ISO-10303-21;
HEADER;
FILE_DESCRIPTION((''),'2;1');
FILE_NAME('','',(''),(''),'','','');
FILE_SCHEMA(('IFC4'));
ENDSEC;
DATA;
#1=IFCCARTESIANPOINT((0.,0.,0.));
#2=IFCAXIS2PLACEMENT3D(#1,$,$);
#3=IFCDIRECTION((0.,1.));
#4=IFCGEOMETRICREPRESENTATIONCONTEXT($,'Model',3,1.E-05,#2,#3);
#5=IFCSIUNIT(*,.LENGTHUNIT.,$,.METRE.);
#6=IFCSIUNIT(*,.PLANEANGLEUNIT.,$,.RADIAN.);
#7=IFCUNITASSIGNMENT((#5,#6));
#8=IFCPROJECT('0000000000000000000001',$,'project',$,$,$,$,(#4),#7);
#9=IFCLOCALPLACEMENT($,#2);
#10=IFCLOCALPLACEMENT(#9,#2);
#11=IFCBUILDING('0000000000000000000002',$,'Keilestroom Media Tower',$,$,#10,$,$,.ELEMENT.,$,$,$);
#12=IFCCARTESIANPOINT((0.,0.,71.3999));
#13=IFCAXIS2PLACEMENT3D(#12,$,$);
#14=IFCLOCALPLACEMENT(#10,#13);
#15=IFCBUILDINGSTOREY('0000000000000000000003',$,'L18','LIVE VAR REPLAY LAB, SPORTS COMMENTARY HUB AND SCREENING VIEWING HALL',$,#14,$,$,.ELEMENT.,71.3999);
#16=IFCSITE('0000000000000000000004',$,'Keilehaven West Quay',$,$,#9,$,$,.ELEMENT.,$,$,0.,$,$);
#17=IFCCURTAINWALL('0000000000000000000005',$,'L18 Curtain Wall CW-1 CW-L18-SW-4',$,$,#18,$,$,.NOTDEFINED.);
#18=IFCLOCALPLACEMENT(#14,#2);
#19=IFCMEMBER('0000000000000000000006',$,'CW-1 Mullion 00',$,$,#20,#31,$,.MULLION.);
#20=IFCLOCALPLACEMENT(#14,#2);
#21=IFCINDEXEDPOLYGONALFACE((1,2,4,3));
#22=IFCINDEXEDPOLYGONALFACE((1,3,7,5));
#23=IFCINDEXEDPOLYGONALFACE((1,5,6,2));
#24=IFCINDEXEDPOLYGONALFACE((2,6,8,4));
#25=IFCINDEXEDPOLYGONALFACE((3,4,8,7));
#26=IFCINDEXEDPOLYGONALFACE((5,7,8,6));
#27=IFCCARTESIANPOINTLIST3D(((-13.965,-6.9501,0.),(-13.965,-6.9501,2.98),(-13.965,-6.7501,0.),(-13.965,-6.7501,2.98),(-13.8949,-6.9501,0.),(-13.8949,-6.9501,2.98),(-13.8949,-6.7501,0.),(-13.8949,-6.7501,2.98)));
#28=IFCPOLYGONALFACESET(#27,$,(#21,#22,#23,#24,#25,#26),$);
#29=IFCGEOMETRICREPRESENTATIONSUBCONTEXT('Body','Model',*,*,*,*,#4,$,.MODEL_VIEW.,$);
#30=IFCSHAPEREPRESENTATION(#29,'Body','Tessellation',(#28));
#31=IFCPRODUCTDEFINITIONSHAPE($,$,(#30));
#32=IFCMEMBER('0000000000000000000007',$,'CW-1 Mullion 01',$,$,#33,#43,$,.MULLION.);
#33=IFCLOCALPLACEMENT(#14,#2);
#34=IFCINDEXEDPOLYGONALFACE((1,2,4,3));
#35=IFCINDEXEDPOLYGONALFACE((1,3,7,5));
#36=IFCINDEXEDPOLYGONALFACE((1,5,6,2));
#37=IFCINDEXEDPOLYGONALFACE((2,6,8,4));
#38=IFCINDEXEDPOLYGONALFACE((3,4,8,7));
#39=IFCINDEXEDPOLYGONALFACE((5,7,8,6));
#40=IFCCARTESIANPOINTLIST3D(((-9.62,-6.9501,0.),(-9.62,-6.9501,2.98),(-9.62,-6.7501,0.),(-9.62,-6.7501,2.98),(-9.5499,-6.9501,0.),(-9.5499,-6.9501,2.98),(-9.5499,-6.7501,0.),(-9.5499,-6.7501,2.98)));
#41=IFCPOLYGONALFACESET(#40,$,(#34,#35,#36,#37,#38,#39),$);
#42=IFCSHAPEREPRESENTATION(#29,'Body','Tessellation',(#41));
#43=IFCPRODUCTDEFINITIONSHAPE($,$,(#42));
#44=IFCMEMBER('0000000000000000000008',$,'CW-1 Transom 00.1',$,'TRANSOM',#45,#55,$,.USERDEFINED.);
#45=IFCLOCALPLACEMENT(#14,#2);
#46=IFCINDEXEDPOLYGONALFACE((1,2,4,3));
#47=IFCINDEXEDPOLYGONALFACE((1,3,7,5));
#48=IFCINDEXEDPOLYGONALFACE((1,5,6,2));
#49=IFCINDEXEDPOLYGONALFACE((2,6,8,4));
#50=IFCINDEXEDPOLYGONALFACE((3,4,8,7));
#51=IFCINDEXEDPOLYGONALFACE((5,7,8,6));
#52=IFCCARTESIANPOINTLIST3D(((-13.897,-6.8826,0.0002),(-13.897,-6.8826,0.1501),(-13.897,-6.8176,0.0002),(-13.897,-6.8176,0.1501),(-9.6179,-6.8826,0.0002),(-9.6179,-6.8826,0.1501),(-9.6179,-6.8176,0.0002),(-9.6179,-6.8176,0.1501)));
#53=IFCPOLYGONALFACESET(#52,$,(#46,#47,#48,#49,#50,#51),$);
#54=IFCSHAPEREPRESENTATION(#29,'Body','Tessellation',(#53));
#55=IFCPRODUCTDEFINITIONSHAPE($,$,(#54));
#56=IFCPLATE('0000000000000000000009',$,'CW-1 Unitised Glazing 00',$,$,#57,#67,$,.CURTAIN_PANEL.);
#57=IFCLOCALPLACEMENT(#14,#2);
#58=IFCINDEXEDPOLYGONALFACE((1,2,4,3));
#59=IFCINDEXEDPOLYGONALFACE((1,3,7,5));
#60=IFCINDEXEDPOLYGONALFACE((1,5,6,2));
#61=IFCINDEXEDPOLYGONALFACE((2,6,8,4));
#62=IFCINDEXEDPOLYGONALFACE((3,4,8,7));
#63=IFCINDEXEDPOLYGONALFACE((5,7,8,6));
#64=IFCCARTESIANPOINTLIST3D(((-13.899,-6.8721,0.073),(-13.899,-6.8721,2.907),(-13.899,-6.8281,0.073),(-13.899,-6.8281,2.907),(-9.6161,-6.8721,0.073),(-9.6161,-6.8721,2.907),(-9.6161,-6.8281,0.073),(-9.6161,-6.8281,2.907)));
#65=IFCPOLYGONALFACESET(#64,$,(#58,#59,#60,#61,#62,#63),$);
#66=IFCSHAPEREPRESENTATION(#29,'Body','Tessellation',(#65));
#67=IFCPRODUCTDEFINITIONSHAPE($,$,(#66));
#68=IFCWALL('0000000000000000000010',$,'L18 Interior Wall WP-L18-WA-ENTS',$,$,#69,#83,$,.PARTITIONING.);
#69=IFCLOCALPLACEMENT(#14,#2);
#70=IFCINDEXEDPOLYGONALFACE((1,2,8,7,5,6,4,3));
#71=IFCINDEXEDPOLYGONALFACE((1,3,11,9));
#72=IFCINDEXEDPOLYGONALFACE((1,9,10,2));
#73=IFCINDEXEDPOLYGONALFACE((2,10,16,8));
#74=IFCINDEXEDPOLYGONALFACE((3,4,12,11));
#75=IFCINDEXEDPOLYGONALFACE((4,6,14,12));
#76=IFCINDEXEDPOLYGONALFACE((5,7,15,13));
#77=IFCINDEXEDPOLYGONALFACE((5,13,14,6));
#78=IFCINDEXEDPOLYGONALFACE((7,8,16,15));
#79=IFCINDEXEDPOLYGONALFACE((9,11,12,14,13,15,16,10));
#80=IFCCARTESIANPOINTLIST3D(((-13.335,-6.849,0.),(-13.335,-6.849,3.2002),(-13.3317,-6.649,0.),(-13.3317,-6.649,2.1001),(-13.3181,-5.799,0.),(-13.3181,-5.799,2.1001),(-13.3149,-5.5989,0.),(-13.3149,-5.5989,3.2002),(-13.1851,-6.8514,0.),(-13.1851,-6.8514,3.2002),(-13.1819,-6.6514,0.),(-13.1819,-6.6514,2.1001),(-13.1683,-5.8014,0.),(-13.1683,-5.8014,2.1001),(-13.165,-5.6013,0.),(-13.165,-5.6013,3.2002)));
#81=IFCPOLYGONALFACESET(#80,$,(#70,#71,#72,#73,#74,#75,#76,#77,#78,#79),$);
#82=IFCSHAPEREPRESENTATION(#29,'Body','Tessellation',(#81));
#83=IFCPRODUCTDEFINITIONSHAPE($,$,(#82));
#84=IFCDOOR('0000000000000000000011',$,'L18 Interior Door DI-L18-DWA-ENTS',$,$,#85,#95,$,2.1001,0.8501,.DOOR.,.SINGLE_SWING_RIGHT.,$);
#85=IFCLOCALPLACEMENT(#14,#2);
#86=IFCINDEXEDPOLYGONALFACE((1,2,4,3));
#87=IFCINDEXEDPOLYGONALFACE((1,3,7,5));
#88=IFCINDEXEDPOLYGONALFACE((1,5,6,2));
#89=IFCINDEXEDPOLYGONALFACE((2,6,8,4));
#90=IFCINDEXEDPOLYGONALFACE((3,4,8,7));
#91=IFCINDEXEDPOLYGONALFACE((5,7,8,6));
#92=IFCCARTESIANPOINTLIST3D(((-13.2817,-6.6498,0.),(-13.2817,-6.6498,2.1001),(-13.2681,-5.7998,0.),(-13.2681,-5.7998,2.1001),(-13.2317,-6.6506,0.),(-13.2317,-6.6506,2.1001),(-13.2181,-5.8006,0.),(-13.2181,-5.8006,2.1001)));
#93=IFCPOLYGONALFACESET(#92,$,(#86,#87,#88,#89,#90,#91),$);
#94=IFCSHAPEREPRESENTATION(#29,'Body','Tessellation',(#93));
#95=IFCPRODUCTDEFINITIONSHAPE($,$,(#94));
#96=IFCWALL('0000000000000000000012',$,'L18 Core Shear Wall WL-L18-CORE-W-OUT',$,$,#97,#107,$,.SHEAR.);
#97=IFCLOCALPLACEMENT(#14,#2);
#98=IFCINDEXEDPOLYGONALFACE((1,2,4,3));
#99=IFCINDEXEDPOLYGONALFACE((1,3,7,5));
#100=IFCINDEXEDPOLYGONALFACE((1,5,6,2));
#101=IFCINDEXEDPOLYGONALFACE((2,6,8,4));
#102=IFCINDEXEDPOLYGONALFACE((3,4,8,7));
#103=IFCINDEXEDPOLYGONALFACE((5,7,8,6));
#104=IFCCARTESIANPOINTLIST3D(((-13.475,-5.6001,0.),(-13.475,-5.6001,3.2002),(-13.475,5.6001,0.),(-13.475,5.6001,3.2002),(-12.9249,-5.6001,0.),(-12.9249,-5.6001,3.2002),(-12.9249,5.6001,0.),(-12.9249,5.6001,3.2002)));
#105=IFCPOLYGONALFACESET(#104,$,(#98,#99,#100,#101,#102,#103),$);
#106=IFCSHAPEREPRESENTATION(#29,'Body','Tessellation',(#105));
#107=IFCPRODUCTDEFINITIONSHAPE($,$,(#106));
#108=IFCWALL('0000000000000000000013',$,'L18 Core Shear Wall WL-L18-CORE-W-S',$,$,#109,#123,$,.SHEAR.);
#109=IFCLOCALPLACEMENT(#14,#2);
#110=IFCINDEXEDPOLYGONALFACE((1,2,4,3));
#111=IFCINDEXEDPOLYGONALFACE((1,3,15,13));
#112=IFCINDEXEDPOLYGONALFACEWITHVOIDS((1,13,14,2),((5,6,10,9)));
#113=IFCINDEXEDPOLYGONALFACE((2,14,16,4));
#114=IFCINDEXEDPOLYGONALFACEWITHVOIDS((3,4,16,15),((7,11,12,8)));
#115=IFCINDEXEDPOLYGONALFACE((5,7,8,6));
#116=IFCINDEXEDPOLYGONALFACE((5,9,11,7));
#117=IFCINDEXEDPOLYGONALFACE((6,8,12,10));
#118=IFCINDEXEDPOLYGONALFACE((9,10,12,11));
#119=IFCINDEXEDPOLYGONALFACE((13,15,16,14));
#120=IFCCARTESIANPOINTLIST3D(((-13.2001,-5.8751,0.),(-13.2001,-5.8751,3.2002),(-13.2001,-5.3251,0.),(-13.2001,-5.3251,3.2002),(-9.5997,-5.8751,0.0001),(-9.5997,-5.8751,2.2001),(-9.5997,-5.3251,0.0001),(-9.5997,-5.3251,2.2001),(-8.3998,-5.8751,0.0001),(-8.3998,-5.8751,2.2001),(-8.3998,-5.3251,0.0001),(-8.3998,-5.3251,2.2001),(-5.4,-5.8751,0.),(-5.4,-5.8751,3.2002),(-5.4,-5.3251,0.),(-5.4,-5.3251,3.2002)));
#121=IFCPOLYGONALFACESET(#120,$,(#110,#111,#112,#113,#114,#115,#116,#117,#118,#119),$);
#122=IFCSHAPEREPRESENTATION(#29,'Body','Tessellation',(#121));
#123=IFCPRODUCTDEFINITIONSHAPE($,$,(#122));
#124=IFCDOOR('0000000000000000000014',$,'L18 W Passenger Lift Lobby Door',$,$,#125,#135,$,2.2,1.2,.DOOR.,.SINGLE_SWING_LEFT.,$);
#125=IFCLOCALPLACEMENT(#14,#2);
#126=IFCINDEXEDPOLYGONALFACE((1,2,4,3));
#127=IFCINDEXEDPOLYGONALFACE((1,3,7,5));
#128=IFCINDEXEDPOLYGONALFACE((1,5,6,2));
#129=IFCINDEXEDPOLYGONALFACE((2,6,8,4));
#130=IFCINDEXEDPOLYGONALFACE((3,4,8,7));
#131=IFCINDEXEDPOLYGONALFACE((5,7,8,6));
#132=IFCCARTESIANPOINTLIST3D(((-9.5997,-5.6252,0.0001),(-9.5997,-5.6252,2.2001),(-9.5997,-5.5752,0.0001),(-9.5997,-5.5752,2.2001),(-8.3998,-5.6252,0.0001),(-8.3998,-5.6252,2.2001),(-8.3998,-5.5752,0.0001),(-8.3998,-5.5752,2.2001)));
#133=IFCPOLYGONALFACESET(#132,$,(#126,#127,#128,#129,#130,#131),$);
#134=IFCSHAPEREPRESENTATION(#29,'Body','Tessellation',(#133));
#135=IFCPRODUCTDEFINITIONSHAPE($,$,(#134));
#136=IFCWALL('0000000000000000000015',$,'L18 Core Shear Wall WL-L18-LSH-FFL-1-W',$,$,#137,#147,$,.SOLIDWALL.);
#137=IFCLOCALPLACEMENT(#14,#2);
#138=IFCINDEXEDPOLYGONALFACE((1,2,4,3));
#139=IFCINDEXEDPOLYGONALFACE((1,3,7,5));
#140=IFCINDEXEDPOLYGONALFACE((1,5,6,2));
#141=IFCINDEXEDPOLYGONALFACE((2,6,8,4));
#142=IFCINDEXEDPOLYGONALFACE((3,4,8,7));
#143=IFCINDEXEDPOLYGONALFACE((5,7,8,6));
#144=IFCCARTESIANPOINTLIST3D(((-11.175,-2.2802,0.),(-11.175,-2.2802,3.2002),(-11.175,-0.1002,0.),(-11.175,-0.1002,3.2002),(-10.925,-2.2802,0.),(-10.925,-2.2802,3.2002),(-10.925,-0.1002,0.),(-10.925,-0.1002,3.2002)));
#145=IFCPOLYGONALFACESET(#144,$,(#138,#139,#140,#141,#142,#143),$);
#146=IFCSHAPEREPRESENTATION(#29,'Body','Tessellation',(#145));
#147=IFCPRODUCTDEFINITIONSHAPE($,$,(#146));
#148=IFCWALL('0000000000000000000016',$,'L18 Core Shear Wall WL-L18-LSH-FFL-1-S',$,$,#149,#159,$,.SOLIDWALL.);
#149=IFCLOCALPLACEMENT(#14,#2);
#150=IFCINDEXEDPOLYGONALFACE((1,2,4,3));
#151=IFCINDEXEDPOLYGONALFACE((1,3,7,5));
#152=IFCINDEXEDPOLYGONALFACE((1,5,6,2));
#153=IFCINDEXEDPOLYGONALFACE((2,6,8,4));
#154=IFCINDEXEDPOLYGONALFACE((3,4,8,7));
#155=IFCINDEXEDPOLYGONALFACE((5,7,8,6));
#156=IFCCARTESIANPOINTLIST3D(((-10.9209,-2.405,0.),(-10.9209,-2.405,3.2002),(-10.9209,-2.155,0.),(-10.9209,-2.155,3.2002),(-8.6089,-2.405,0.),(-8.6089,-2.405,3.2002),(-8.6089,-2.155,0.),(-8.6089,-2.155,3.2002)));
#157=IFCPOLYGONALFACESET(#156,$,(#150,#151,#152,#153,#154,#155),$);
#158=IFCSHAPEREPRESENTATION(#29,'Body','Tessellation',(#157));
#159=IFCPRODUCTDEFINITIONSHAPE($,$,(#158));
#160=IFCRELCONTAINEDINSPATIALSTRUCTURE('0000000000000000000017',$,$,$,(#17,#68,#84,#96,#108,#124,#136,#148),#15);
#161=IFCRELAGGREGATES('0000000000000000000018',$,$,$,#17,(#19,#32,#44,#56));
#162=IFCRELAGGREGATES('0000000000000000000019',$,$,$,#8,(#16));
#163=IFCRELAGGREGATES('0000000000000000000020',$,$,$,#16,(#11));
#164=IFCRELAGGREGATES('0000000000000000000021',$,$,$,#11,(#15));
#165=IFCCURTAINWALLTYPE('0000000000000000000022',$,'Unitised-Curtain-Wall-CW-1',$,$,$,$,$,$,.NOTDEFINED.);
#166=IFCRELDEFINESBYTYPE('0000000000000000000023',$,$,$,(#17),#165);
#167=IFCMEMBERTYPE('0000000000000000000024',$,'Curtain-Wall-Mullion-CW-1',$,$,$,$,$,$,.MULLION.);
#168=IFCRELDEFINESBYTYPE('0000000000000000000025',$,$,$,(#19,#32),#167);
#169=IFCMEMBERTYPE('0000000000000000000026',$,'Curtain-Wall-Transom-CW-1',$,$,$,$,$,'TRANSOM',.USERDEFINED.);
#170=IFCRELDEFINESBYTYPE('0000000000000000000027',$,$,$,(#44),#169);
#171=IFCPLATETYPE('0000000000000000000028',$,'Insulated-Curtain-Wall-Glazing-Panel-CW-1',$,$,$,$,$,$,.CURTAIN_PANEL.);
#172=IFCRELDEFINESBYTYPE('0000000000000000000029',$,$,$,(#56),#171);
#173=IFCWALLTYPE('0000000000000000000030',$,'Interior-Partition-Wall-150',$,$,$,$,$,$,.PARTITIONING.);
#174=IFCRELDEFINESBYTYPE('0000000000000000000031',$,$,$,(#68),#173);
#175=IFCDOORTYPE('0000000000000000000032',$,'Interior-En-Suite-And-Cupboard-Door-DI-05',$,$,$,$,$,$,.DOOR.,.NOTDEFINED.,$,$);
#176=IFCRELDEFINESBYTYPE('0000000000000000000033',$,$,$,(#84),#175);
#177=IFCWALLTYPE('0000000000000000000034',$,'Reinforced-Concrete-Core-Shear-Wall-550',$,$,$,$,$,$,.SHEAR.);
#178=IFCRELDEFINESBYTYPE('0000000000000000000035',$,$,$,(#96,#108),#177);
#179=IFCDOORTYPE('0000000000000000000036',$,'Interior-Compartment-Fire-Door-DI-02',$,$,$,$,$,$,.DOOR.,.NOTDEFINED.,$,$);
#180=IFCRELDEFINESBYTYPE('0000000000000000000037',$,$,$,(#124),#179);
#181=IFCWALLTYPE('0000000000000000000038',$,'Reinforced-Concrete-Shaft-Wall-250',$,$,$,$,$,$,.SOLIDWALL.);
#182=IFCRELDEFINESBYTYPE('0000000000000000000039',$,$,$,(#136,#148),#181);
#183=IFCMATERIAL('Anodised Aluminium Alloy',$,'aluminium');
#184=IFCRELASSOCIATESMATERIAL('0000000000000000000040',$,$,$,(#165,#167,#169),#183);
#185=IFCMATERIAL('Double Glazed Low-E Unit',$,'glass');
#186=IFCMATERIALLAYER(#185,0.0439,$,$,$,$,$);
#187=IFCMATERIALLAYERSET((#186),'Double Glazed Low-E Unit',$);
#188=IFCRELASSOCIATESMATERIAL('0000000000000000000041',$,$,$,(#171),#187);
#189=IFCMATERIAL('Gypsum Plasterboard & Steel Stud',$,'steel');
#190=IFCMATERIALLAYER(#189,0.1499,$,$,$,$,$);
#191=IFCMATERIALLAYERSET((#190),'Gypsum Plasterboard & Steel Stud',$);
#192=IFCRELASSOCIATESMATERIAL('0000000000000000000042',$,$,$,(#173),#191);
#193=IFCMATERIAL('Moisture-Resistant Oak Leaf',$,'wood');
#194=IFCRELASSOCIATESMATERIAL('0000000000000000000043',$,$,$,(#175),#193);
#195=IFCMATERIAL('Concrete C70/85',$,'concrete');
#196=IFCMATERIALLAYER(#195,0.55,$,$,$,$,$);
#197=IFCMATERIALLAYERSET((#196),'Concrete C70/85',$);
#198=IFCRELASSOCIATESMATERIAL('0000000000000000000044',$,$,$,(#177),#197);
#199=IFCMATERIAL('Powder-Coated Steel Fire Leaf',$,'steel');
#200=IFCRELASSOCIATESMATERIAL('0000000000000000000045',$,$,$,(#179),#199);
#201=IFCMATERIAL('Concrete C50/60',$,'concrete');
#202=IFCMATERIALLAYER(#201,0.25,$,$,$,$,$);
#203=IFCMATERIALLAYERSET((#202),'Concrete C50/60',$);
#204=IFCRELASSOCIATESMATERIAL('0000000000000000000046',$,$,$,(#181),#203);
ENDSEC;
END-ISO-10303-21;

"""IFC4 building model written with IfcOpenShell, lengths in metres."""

from ifc_helpers import new_model, si_unit, direction, frame, frame_2d, origin, origin_2d, place, context, subcontext, project, spatial, rectangle, extrude, source, transform, mapped, material, layer, layer_set, material_profile, profile_set, type_object, element, fill, aggregate, save


model = new_model("IFC4")

# Units and contexts
model_context = context("Model", 3, precision=1e-05, world=origin(), true_north=direction((0.0, 1.0)))
body_context = subcontext(model_context, "Body", "Model", "MODEL_VIEW")
ifc_project = project(units=[si_unit("LENGTHUNIT", "METRE"), si_unit("PLANEANGLEUNIT", "RADIAN")], contexts=[model_context])

# Site, building, storey
site_placement = place(None, origin())
site = spatial("IfcSite", under=ifc_project, at=site_placement, Name="Keilehaven West Quay", CompositionType="ELEMENT", RefElevation=0.0)
building_placement = place(site_placement, origin())
building = spatial("IfcBuilding", under=site, at=building_placement, Name="Keilestroom Media Tower", CompositionType="ELEMENT")
storey_placement = place(building_placement, frame((0.0, 0.0, 71.3999)))
storey = spatial("IfcBuildingStorey", under=building, at=storey_placement, Name="L18", Description="LIVE VAR REPLAY LAB, SPORTS COMMENTARY HUB AND SCREENING VIEWING HALL", CompositionType="ELEMENT", Elevation=71.3999)

# Curtain wall, members, plate
ifc_material_1 = material(Name="Anodised Aluminium Alloy", Category="aluminium")
curtain_wall_type = type_object("IfcCurtainWallType", Name="Unitised-Curtain-Wall-CW-1", PredefinedType="NOTDEFINED", material=ifc_material_1)
curtain_wall_placement = place(storey_placement, origin())
curtain_wall = element("IfcCurtainWall", 1, at=curtain_wall_placement, inside=storey, type_object=curtain_wall_type, Name="L18 Curtain Wall CW-1 CW-L18-SW-4", PredefinedType="NOTDEFINED")
ifc_material_profile_1 = material_profile(ifc_material_1, rectangle(XDim=0.0701, YDim=0.2, at=origin_2d()), Name="ALU MULLION 70x200")
ifc_profile_set_1 = profile_set([ifc_material_profile_1], Name="Anodised Aluminium Alloy")
member_type_1 = type_object("IfcMemberType", Name="Curtain-Wall-Mullion-CW-1", PredefinedType="MULLION", material=ifc_profile_set_1)
shared_shape_1 = source(origin(), body_context, "Body", "SweptSolid", [
    extrude(rectangle(XDim=0.0701, YDim=0.2, at=origin_2d()), origin(), (0.0, 0.0, 1.0), 2.98),
])
member_1_placement = place(storey_placement, frame((-13.9299, -6.8501, 0.0), z_axis=(0.0, 0.0, 1.0), x_axis=(1.0, 0.0, 0.0)))
member_1 = element("IfcMember", 2, at=member_1_placement, type_object=member_type_1, Name="CW-1 Mullion 00", PredefinedType="MULLION", context=body_context, shape_type="MappedRepresentation", body=[
    mapped(shared_shape_1, transform((0.0, 0.0, 0.0), x_axis=(1.0, 0.0, 0.0), y_axis=(0.0, 1.0, 0.0), z_axis=(0.0, 0.0, 1.0), scale=1.0)),
])
member_2_placement = place(storey_placement, frame((-9.585, -6.8501, 0.0), z_axis=(0.0, 0.0, 1.0), x_axis=(1.0, 0.0, 0.0)))
member_2 = element("IfcMember", 3, at=member_2_placement, type_object=member_type_1, Name="CW-1 Mullion 01", PredefinedType="MULLION", context=body_context, shape_type="MappedRepresentation", body=[
    mapped(shared_shape_1, transform((0.0, 0.0, 0.0), x_axis=(1.0, 0.0, 0.0), y_axis=(0.0, 1.0, 0.0), z_axis=(0.0, 0.0, 1.0), scale=1.0)),
])
ifc_material_profile_2 = material_profile(ifc_material_1, rectangle(XDim=0.0649, YDim=0.1499, at=origin_2d()), Name="ALU TRANSOM 65x150")
ifc_profile_set_2 = profile_set([ifc_material_profile_2], Name="Anodised Aluminium Alloy")
member_type_2 = type_object("IfcMemberType", Name="Curtain-Wall-Transom-CW-1", ElementType="TRANSOM", PredefinedType="USERDEFINED", material=ifc_profile_set_2)
shared_shape_2 = source(origin(), body_context, "Body", "SweptSolid", [
    extrude(rectangle(XDim=0.0649, YDim=0.1499, at=origin_2d()), origin(), (0.0, 0.0, 1.0), 4.2791),
])
member_3_placement = place(storey_placement, frame((-13.897, -6.8501, 0.0752), z_axis=(1.0, 0.0, 0.0), x_axis=(0.0, 1.0, 0.0)))
member_3 = element("IfcMember", 4, at=member_3_placement, type_object=member_type_2, Name="CW-1 Transom 00.1", ObjectType="TRANSOM", PredefinedType="USERDEFINED", context=body_context, shape_type="MappedRepresentation", body=[
    mapped(shared_shape_2, transform((0.0, 0.0, 0.0), x_axis=(1.0, 0.0, 0.0), y_axis=(0.0, 1.0, 0.0), z_axis=(0.0, 0.0, 1.0), scale=1.0)),
])
ifc_material_2 = material(Name="Double Glazed Low-E Unit", Category="glass")
ifc_layer_1 = layer(ifc_material_2, 0.0439)
ifc_layer_set_1 = layer_set([ifc_layer_1], Name="Double Glazed Low-E Unit")
plate_type = type_object("IfcPlateType", Name="Insulated-Curtain-Wall-Glazing-Panel-CW-1", PredefinedType="CURTAIN_PANEL", material=ifc_layer_set_1)
shared_shape_3 = source(origin(), body_context, "Body", "SweptSolid", [
    extrude(rectangle(XDim=4.283, YDim=0.0439, at=origin_2d()), origin(), (0.0, 0.0, 1.0), 2.834),
])
plate_placement = place(storey_placement, frame((-11.7576, -6.8501, 0.073), z_axis=(0.0, 0.0, 1.0), x_axis=(1.0, 0.0, 0.0)))
plate = element("IfcPlate", 5, at=plate_placement, type_object=plate_type, Name="CW-1 Unitised Glazing 00", PredefinedType="CURTAIN_PANEL", context=body_context, shape_type="MappedRepresentation", body=[
    mapped(shared_shape_3, transform((0.0, 0.0, 0.0), x_axis=(1.0, 0.0, 0.0), y_axis=(0.0, 1.0, 0.0), z_axis=(0.0, 0.0, 1.0), scale=1.0)),
])
aggregate(curtain_wall, [member_1, member_2, member_3, plate])

# Wall, opening, door
ifc_material_3 = material(Name="Gypsum Plasterboard & Steel Stud", Category="steel")
ifc_layer_2 = layer(ifc_material_3, 0.1499)
ifc_layer_set_2 = layer_set([ifc_layer_2], Name="Gypsum Plasterboard & Steel Stud")
wall_type_1 = type_object("IfcWallType", Name="Interior-Partition-Wall-150", PredefinedType="PARTITIONING", material=ifc_layer_set_2)
wall_1_placement = place(storey_placement, frame((-13.26, -6.8501, 0.0), z_axis=(0.0, 0.0, 1.0), x_axis=(0.016014, 0.999872, 0.0)))
wall_1 = element("IfcWall", 6, at=wall_1_placement, inside=storey, type_object=wall_type_1, Name="L18 Interior Wall WP-L18-WA-ENTS", PredefinedType="PARTITIONING", context=body_context, shape_type="SweptSolid", body=[
    extrude(rectangle(XDim=1.2502, YDim=0.1499, at=frame_2d((0.625, 0.0))), origin(), (0.0, 0.0, 1.0), 3.2002),
])
opening_1_placement = place(wall_1_placement, frame((0.2, 0.0, 0.0)))
opening_1 = element("IfcOpeningElement", 7, at=opening_1_placement, cuts=wall_1, PredefinedType="OPENING", context=body_context, shape_type="SweptSolid", body=[
    extrude(rectangle(XDim=0.8501, YDim=2.1001, at=frame_2d((0.425, 1.05))), frame((0.0, 0.085, 0.0), z_axis=(0.0, -1.0, 0.0), x_axis=(1.0, 0.0, 0.0)), (0.0, 0.0, 1.0), 0.1699),
])
ifc_material_4 = material(Name="Moisture-Resistant Oak Leaf", Category="wood")
door_type_1 = type_object("IfcDoorType", Name="Interior-En-Suite-And-Cupboard-Door-DI-05", OperationType="NOTDEFINED", PredefinedType="DOOR", material=ifc_material_4)
shared_shape_4 = source(origin(), body_context, "Body", "SweptSolid", [
    extrude(rectangle(XDim=0.8501, YDim=2.1001, at=frame_2d((0.425, 1.05))), frame((0.0, 0.0249, 0.0), z_axis=(0.0, -1.0, 0.0), x_axis=(1.0, 0.0, 0.0)), (0.0, 0.0, 1.0), 0.05),
])
door_1_placement = place(opening_1_placement, origin())
door_1 = element("IfcDoor", 8, at=door_1_placement, inside=storey, type_object=door_type_1, Name="L18 Interior Door DI-L18-DWA-ENTS", OperationType="SINGLE_SWING_RIGHT", OverallHeight=2.1001, OverallWidth=0.8501, PredefinedType="DOOR", context=body_context, shape_type="MappedRepresentation", body=[
    mapped(shared_shape_4, transform((0.0, 0.0, 0.0), x_axis=(1.0, 0.0, 0.0), y_axis=(0.0, 1.0, 0.0), z_axis=(0.0, 0.0, 1.0), scale=1.0)),
])
fill(opening_1, door_1)

# Wall
ifc_material_5 = material(Name="Concrete C70/85", Category="concrete")
ifc_layer_3 = layer(ifc_material_5, 0.55)
ifc_layer_set_3 = layer_set([ifc_layer_3], Name="Concrete C70/85")
wall_type_2 = type_object("IfcWallType", Name="Reinforced-Concrete-Core-Shear-Wall-550", PredefinedType="SHEAR", material=ifc_layer_set_3)
wall_2_placement = place(storey_placement, frame((-13.2, -5.6001, 0.0), z_axis=(0.0, 0.0, 1.0), x_axis=(0.0, 1.0, 0.0)))
element("IfcWall", 9, at=wall_2_placement, inside=storey, type_object=wall_type_2, Name="L18 Core Shear Wall WL-L18-CORE-W-OUT", PredefinedType="SHEAR", context=body_context, shape_type="SweptSolid", body=[
    extrude(rectangle(XDim=11.2002, YDim=0.55, at=frame_2d((5.6001, 0.0))), origin(), (0.0, 0.0, 1.0), 3.2002),
])

# Wall, opening, door
wall_3_placement = place(storey_placement, frame((-13.2, -5.6001, 0.0), z_axis=(0.0, 0.0, 1.0), x_axis=(1.0, 0.0, 0.0)))
wall_3 = element("IfcWall", 10, at=wall_3_placement, inside=storey, type_object=wall_type_2, Name="L18 Core Shear Wall WL-L18-CORE-W-S", PredefinedType="SHEAR", context=body_context, shape_type="SweptSolid", body=[
    extrude(rectangle(XDim=7.8, YDim=0.55, at=frame_2d((3.8999, 0.0))), origin(), (0.0, 0.0, 1.0), 3.2002),
])
opening_2_placement = place(wall_3_placement, frame((3.6001, 0.0, 0.0)))
opening_2 = element("IfcOpeningElement", 11, at=opening_2_placement, cuts=wall_3, PredefinedType="OPENING", context=body_context, shape_type="SweptSolid", body=[
    extrude(rectangle(XDim=1.2, YDim=2.2, at=frame_2d((0.6001, 1.1001))), frame((0.0, 0.2852, 0.0), z_axis=(0.0, -1.0, 0.0), x_axis=(1.0, 0.0, 0.0)), (0.0, 0.0, 1.0), 0.5701),
])
ifc_material_6 = material(Name="Powder-Coated Steel Fire Leaf", Category="steel")
door_type_2 = type_object("IfcDoorType", Name="Interior-Compartment-Fire-Door-DI-02", OperationType="NOTDEFINED", PredefinedType="DOOR", material=ifc_material_6)
shared_shape_5 = source(origin(), body_context, "Body", "SweptSolid", [
    extrude(rectangle(XDim=1.2, YDim=2.2, at=frame_2d((0.6001, 1.1001))), frame((0.0, 0.0249, 0.0), z_axis=(0.0, -1.0, 0.0), x_axis=(1.0, 0.0, 0.0)), (0.0, 0.0, 1.0), 0.05),
])
door_2_placement = place(opening_2_placement, origin())
door_2 = element("IfcDoor", 12, at=door_2_placement, inside=storey, type_object=door_type_2, Name="L18 W Passenger Lift Lobby Door", OperationType="SINGLE_SWING_LEFT", OverallHeight=2.2, OverallWidth=1.2, PredefinedType="DOOR", context=body_context, shape_type="MappedRepresentation", body=[
    mapped(shared_shape_5, transform((0.0, 0.0, 0.0), x_axis=(1.0, 0.0, 0.0), y_axis=(0.0, 1.0, 0.0), z_axis=(0.0, 0.0, 1.0), scale=1.0)),
])
fill(opening_2, door_2)

# Walls
ifc_material_7 = material(Name="Concrete C50/60", Category="concrete")
ifc_layer_4 = layer(ifc_material_7, 0.25)
ifc_layer_set_4 = layer_set([ifc_layer_4], Name="Concrete C50/60")
wall_type_3 = type_object("IfcWallType", Name="Reinforced-Concrete-Shaft-Wall-250", PredefinedType="SOLIDWALL", material=ifc_layer_set_4)
wall_4_placement = place(storey_placement, frame((-11.05, -2.28, 0.0), z_axis=(0.0, 0.0, 1.0), x_axis=(0.0, 1.0, 0.0)))
element("IfcWall", 13, at=wall_4_placement, inside=storey, type_object=wall_type_3, Name="L18 Core Shear Wall WL-L18-LSH-FFL-1-W", PredefinedType="SOLIDWALL", context=body_context, shape_type="SweptSolid", body=[
    extrude(rectangle(XDim=2.1799, YDim=0.25, at=frame_2d((1.0898, 0.0))), origin(), (0.0, 0.0, 1.0), 3.2002),
])
wall_5_placement = place(storey_placement, frame((-10.9209, -2.28, 0.0), z_axis=(0.0, 0.0, 1.0), x_axis=(1.0, 0.0, 0.0)))
element("IfcWall", 14, at=wall_5_placement, inside=storey, type_object=wall_type_3, Name="L18 Core Shear Wall WL-L18-LSH-FFL-1-S", PredefinedType="SOLIDWALL", context=body_context, shape_type="SweptSolid", body=[
    extrude(rectangle(XDim=2.312, YDim=0.25, at=frame_2d((1.156, 0.0))), origin(), (0.0, 0.0, 1.0), 3.2002),
])

save(model, "model.ifc")
